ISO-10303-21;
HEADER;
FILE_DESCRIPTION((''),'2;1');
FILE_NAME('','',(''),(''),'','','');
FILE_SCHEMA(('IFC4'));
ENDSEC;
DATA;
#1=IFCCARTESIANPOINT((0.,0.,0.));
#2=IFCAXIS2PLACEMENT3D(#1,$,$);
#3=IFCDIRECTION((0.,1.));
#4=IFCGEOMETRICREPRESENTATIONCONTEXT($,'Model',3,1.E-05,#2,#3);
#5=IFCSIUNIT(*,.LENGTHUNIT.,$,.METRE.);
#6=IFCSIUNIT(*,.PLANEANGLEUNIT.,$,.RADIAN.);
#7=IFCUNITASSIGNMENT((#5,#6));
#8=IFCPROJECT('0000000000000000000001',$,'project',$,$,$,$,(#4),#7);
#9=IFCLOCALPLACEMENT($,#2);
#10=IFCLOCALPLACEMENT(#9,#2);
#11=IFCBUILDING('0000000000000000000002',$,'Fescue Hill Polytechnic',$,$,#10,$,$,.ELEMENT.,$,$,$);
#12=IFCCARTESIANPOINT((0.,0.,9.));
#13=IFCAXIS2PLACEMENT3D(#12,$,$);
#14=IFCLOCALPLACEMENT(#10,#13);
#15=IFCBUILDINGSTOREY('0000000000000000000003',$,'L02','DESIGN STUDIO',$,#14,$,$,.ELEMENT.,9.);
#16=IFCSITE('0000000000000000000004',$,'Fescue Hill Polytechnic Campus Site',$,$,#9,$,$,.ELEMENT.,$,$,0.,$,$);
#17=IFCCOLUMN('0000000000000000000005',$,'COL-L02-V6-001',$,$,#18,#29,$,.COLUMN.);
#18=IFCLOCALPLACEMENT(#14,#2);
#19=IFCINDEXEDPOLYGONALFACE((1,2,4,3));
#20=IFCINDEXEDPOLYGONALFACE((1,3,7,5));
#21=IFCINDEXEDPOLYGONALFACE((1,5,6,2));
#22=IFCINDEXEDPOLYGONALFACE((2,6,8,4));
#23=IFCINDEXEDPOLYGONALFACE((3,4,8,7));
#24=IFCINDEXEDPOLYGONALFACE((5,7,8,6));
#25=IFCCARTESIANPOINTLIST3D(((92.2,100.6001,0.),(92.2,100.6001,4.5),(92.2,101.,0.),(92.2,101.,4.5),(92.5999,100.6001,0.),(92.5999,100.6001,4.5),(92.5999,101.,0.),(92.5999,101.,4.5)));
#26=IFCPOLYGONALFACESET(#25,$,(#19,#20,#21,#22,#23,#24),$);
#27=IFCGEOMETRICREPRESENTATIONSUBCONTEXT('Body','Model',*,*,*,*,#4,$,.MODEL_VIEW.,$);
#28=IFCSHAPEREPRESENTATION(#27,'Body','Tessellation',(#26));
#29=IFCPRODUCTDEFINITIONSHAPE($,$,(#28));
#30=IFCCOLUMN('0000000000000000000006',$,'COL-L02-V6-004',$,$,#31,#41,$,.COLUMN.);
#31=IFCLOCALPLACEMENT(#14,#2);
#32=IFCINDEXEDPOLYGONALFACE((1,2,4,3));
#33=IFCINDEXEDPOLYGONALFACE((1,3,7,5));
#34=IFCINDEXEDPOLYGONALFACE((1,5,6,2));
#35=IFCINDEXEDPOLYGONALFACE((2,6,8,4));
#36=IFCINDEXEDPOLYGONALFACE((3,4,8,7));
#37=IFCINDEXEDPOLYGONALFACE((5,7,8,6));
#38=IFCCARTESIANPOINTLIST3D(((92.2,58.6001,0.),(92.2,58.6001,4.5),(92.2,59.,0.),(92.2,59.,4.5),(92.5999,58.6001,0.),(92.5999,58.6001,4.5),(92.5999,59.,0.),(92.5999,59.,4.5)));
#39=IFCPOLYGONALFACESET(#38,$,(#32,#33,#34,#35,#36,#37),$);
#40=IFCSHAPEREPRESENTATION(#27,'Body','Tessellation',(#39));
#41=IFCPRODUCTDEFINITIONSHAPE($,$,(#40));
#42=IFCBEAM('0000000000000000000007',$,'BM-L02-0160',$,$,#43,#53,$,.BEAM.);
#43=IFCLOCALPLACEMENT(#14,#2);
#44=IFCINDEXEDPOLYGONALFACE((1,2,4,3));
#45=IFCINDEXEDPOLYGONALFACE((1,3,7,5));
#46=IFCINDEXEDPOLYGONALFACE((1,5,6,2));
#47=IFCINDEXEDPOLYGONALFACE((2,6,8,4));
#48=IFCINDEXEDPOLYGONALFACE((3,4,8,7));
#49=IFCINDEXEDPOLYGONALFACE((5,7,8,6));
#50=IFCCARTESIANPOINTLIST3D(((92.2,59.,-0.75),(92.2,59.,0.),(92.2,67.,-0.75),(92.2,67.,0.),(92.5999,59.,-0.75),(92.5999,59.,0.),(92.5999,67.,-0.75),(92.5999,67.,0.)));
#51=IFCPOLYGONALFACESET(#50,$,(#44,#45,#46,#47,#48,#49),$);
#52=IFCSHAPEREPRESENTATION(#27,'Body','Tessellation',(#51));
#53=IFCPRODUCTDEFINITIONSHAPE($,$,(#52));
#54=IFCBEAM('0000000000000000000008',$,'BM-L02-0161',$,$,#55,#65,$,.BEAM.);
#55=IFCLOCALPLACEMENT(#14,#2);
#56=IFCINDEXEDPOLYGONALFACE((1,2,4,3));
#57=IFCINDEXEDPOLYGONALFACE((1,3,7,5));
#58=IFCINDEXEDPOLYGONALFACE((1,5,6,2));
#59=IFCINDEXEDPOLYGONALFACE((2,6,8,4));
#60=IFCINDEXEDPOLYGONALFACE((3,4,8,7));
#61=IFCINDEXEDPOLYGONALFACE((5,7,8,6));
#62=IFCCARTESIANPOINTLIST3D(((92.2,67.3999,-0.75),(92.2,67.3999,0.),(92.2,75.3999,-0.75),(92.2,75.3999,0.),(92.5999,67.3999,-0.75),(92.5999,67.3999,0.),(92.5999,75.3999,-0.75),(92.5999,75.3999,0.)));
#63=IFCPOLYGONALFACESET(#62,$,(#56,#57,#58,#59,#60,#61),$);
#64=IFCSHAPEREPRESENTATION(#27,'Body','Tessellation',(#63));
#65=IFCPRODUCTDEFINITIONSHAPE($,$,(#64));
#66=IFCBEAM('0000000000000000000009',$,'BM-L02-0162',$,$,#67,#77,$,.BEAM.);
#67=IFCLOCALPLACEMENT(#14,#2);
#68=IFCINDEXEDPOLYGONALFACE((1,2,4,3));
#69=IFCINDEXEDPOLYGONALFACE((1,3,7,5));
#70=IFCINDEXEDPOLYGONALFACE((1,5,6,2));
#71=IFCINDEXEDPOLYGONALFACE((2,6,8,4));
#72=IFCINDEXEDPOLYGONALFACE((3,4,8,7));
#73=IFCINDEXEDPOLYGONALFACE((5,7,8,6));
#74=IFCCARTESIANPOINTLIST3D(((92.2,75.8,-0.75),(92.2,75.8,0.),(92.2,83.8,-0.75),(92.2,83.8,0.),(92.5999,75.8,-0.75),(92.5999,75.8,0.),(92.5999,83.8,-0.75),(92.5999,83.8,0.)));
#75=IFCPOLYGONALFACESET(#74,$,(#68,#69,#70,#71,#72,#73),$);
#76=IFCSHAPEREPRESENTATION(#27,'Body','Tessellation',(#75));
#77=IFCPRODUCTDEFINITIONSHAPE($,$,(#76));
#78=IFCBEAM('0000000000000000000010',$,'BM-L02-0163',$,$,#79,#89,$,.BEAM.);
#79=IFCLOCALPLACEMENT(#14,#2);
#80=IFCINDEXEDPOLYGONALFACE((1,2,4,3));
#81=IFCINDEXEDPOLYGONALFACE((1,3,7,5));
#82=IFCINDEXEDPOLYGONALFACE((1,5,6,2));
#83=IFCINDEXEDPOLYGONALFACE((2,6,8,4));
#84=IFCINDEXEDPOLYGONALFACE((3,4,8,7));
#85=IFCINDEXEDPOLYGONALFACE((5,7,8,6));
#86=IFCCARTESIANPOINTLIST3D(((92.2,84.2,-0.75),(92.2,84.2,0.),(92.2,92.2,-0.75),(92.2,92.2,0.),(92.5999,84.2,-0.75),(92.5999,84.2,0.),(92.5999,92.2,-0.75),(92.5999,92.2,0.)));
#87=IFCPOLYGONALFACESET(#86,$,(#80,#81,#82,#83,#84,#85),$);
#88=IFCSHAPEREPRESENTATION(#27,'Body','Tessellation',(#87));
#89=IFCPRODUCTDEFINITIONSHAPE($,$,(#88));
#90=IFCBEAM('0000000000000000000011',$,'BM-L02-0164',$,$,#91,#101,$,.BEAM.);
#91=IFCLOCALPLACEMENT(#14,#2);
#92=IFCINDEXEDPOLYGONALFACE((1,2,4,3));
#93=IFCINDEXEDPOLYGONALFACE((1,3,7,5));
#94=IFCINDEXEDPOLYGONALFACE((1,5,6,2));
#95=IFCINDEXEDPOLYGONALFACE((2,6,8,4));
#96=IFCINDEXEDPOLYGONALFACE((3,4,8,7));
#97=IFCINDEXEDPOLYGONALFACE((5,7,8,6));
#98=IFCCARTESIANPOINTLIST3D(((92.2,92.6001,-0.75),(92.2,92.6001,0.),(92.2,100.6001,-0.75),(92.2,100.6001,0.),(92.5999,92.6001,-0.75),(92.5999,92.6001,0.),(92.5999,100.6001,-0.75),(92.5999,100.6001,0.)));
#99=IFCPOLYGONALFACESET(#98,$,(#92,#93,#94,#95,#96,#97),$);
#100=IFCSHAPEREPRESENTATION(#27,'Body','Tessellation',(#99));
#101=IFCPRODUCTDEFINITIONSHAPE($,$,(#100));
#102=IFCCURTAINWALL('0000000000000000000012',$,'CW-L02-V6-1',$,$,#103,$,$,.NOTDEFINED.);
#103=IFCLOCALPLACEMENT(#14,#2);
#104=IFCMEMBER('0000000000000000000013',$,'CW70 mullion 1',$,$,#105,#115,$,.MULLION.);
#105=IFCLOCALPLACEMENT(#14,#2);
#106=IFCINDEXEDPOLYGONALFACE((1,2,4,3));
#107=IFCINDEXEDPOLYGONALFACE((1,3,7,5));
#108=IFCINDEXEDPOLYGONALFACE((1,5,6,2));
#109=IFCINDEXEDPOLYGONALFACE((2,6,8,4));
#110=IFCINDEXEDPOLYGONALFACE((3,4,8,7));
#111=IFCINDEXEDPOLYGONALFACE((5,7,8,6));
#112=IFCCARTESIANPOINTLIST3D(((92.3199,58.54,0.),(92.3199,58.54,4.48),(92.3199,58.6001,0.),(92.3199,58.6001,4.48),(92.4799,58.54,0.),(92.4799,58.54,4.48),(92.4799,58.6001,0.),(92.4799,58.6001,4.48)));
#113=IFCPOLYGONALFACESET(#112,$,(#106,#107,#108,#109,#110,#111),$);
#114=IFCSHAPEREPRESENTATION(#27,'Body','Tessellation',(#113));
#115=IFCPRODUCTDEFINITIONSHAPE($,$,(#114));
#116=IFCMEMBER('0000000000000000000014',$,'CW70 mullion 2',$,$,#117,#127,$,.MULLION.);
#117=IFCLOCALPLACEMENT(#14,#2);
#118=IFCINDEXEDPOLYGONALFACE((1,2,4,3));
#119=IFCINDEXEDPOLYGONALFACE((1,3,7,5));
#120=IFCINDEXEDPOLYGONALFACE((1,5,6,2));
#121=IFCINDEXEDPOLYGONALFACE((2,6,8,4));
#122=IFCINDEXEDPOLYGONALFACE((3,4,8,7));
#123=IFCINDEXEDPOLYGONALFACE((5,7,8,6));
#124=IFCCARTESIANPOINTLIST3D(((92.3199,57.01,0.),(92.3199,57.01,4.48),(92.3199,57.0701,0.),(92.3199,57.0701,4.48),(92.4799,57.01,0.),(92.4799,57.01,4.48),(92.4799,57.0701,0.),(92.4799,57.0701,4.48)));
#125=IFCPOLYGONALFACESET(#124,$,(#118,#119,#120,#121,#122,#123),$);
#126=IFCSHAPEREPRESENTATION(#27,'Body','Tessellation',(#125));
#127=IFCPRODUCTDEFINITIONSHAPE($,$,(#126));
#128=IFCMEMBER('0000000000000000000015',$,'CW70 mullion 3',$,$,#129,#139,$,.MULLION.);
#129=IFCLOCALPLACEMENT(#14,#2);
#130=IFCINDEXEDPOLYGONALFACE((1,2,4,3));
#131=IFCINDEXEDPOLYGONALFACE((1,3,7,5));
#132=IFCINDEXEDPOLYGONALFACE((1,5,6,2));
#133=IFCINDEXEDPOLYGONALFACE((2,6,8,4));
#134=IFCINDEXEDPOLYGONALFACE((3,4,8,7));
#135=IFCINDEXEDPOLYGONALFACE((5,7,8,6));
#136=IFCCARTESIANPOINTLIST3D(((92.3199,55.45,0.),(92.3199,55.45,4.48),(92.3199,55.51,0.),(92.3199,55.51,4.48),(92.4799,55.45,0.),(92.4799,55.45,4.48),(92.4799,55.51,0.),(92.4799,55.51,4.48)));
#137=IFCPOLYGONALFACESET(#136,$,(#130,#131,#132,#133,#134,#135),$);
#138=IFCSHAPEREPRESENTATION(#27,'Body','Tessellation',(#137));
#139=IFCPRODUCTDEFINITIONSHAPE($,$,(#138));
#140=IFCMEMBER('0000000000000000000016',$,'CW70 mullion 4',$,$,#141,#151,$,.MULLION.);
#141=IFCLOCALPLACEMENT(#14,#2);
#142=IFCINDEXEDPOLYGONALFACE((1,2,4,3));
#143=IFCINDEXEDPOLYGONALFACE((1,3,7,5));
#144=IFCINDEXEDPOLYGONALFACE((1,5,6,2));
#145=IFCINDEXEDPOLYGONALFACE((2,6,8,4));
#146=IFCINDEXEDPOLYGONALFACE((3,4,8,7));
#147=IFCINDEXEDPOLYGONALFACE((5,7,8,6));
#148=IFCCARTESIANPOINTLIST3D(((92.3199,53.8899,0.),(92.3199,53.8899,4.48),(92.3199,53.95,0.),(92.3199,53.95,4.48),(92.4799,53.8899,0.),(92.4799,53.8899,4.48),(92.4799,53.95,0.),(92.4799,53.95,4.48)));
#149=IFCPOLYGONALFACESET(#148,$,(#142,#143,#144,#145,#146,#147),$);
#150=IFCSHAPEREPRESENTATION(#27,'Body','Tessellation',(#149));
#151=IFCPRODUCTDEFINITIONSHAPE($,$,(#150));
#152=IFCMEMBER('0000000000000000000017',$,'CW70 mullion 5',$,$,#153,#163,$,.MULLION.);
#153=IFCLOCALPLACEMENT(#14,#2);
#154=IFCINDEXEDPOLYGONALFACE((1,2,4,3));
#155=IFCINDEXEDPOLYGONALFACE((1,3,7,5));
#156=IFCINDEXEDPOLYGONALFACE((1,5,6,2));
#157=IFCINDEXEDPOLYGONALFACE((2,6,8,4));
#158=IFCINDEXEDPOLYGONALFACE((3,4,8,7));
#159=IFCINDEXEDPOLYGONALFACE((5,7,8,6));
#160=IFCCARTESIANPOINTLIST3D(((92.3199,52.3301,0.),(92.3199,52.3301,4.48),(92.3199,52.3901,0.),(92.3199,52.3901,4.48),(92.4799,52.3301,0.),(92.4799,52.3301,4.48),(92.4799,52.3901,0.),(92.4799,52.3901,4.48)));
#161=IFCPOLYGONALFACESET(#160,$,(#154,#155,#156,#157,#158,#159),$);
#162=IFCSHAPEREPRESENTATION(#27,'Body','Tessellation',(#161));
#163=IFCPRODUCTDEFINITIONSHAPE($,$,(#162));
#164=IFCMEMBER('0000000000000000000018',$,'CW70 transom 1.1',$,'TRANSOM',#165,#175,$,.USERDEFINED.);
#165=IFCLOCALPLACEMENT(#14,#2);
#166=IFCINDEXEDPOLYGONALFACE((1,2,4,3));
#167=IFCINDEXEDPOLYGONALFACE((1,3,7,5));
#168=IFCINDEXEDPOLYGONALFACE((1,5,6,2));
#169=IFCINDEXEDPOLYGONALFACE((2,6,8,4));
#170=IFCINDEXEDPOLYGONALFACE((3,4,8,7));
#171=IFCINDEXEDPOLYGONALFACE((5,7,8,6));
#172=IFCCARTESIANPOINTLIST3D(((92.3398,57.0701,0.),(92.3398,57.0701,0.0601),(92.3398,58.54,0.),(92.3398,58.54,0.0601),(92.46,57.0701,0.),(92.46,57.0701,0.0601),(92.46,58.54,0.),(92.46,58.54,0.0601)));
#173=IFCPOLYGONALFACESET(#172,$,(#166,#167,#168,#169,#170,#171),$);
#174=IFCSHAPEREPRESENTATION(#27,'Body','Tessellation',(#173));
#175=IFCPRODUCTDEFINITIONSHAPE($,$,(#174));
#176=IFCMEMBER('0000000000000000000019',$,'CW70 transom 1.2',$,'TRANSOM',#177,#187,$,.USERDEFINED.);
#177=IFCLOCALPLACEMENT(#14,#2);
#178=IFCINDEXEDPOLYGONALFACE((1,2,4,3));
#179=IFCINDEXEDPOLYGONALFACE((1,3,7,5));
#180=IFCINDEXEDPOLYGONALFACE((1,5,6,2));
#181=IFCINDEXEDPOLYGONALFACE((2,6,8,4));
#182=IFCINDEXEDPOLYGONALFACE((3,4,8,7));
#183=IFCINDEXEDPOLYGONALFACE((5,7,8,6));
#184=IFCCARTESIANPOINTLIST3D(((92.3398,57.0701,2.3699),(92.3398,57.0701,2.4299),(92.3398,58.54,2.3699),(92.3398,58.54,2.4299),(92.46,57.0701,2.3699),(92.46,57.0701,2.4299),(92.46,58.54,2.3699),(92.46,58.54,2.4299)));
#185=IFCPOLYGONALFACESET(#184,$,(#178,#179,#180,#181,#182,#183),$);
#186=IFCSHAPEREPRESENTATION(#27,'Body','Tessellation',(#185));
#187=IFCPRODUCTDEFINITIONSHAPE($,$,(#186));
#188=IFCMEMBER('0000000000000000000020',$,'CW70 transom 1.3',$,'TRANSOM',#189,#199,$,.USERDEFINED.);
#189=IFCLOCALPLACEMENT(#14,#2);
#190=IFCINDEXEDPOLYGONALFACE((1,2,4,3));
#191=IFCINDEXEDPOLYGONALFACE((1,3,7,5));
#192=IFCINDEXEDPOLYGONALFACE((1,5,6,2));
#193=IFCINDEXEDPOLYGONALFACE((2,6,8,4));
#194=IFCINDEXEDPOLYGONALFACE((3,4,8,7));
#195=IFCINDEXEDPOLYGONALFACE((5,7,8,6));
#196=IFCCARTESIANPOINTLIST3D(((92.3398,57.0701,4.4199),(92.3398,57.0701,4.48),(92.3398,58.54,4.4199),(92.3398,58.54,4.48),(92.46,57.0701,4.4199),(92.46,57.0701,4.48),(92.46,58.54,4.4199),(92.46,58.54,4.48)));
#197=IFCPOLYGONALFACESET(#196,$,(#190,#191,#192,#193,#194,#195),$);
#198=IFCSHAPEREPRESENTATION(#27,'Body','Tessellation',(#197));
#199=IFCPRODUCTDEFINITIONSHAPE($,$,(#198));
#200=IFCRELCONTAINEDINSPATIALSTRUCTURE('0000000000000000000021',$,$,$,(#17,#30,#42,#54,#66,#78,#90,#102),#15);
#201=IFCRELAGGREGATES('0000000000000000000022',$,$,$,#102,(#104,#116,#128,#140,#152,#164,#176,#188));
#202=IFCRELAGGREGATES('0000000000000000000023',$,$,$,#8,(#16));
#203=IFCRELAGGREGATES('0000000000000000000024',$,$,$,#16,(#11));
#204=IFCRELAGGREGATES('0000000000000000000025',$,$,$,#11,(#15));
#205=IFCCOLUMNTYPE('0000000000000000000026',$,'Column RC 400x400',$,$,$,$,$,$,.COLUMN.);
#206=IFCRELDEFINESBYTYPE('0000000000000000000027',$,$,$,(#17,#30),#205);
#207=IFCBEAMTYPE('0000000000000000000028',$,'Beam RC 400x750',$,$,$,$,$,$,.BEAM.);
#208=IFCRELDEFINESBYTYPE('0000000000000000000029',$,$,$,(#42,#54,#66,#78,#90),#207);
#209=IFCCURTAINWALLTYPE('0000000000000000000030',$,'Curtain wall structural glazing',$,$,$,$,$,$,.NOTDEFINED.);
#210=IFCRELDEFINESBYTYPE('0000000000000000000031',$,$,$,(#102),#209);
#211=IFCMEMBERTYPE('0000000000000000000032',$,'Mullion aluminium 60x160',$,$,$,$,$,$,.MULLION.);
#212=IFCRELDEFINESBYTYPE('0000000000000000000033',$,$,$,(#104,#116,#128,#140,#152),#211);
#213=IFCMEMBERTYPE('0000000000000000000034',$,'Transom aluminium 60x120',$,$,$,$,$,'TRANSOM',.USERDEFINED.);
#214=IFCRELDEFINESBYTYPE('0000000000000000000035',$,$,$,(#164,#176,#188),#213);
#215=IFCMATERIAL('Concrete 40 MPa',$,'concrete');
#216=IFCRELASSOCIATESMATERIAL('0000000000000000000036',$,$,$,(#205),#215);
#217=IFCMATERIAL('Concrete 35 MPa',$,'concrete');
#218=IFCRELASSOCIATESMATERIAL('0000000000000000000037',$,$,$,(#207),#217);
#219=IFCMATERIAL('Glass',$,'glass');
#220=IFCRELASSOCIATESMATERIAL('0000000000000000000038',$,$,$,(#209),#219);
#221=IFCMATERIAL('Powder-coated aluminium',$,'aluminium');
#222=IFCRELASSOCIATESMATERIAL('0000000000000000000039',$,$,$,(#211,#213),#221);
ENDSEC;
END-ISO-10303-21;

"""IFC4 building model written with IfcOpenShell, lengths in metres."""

from ifc_helpers import new_model, si_unit, direction, frame, origin, origin_2d, place, context, subcontext, project, spatial, rectangle, extrude, material, material_profile, profile_set, type_object, element, aggregate, save


model = new_model("IFC4")

# Units and contexts
model_context = context("Model", 3, precision=1e-05, world=origin(), true_north=direction((0.0, 1.0)))
body_context = subcontext(model_context, "Body", "Model", "MODEL_VIEW")
ifc_project = project(units=[si_unit("LENGTHUNIT", "METRE"), si_unit("PLANEANGLEUNIT", "RADIAN")], contexts=[model_context])

# Site, building, storey
site_placement = place(None, origin())
site = spatial("IfcSite", under=ifc_project, at=site_placement, Name="Fescue Hill Polytechnic Campus Site", CompositionType="ELEMENT", RefElevation=0.0)
building_placement = place(site_placement, origin())
building = spatial("IfcBuilding", under=site, at=building_placement, Name="Fescue Hill Polytechnic", CompositionType="ELEMENT")
storey_placement = place(building_placement, frame((0.0, 0.0, 9.0)))
storey = spatial("IfcBuildingStorey", under=building, at=storey_placement, Name="L02", Description="DESIGN STUDIO", CompositionType="ELEMENT", Elevation=9.0)

# Columns
ifc_material_1 = material(Name="Concrete 40 MPa", Category="concrete")
ifc_material_profile_1 = material_profile(ifc_material_1, rectangle(XDim=0.3999, YDim=0.3999, at=origin_2d()), Name="RC 400x400")
ifc_profile_set_1 = profile_set([ifc_material_profile_1], Name="Concrete 40 MPa")
column_type = type_object("IfcColumnType", Name="Column RC 400x400", PredefinedType="COLUMN", material=ifc_profile_set_1)
for number, where, z_axis, x_axis, name in (
    (1, (92.3999, 100.8, 0.0), (0.0, 0.0, 1.0), (1.0, 0.0, 0.0), "COL-L02-V6-001"),
    (2, (92.3999, 58.8, 0.0), (0.0, 0.0, 1.0), (1.0, 0.0, 0.0), "COL-L02-V6-004"),
):
    element("IfcColumn", number, at=place(storey_placement, frame(where, z_axis=z_axis, x_axis=x_axis)), inside=storey, type_object=column_type, Name=name, PredefinedType="COLUMN", context=body_context, shape_type="SweptSolid", body=[
        extrude(rectangle(XDim=0.3999, YDim=0.3999, at=origin_2d()), origin(), (0.0, 0.0, 1.0), 4.5),
    ])

# Beams
ifc_material_2 = material(Name="Concrete 35 MPa", Category="concrete")
ifc_material_profile_2 = material_profile(ifc_material_2, rectangle(XDim=0.3999, YDim=0.75, at=origin_2d()), Name="RC 400x750")
ifc_profile_set_2 = profile_set([ifc_material_profile_2], Name="Concrete 35 MPa")
beam_type = type_object("IfcBeamType", Name="Beam RC 400x750", PredefinedType="BEAM", material=ifc_profile_set_2)
for number, where, z_axis, x_axis, name in (
    (3, (92.3999, 67.0, -0.375), (0.0, -1.0, 0.0), (1.0, 0.0, 0.0), "BM-L02-0160"),
    (4, (92.3999, 75.3999, -0.375), (0.0, -1.0, 0.0), (1.0, 0.0, 0.0), "BM-L02-0161"),
    (5, (92.3999, 83.8, -0.375), (0.0, -1.0, 0.0), (1.0, 0.0, 0.0), "BM-L02-0162"),
    (6, (92.3999, 92.2, -0.375), (0.0, -1.0, 0.0), (1.0, 0.0, 0.0), "BM-L02-0163"),
    (7, (92.3999, 100.6001, -0.375), (0.0, -1.0, 0.0), (1.0, 0.0, 0.0), "BM-L02-0164"),
):
    element("IfcBeam", number, at=place(storey_placement, frame(where, z_axis=z_axis, x_axis=x_axis)), inside=storey, type_object=beam_type, Name=name, PredefinedType="BEAM", context=body_context, shape_type="SweptSolid", body=[
        extrude(rectangle(XDim=0.3999, YDim=0.75, at=origin_2d()), origin(), (0.0, 0.0, 1.0), 8.0),
    ])

# Curtain wall, members
ifc_material_3 = material(Name="Glass", Category="glass")
curtain_wall_type = type_object("IfcCurtainWallType", Name="Curtain wall structural glazing", PredefinedType="NOTDEFINED", material=ifc_material_3)
curtain_wall_placement = place(storey_placement, origin())
curtain_wall = element("IfcCurtainWall", 8, at=curtain_wall_placement, inside=storey, type_object=curtain_wall_type, Name="CW-L02-V6-1", PredefinedType="NOTDEFINED")
ifc_material_4 = material(Name="Powder-coated aluminium", Category="aluminium")
ifc_material_profile_3 = material_profile(ifc_material_4, rectangle(XDim=0.1599, YDim=0.0601, at=origin_2d()), Name="Mullion aluminium 60x160")
ifc_profile_set_3 = profile_set([ifc_material_profile_3], Name="Powder-coated aluminium")
member_type_1 = type_object("IfcMemberType", Name="Mullion aluminium 60x160", PredefinedType="MULLION", material=ifc_profile_set_3)
member_1_placement = place(storey_placement, frame((92.3999, 58.5701, 0.0), z_axis=(0.0, 0.0, 1.0), x_axis=(1.0, 0.0, 0.0)))
member_1 = element("IfcMember", 9, at=member_1_placement, type_object=member_type_1, Name="CW70 mullion 1", PredefinedType="MULLION", context=body_context, shape_type="SweptSolid", body=[
    extrude(rectangle(XDim=0.1599, YDim=0.0601, at=origin_2d()), origin(), (0.0, 0.0, 1.0), 4.48),
])
member_2_placement = place(storey_placement, frame((92.3999, 57.04, 0.0), z_axis=(0.0, 0.0, 1.0), x_axis=(1.0, 0.0, 0.0)))
member_2 = element("IfcMember", 10, at=member_2_placement, type_object=member_type_1, Name="CW70 mullion 2", PredefinedType="MULLION", context=body_context, shape_type="SweptSolid", body=[
    extrude(rectangle(XDim=0.1599, YDim=0.0601, at=origin_2d()), origin(), (0.0, 0.0, 1.0), 4.48),
])
member_3_placement = place(storey_placement, frame((92.3999, 55.48, 0.0), z_axis=(0.0, 0.0, 1.0), x_axis=(1.0, 0.0, 0.0)))
member_3 = element("IfcMember", 11, at=member_3_placement, type_object=member_type_1, Name="CW70 mullion 3", PredefinedType="MULLION", context=body_context, shape_type="SweptSolid", body=[
    extrude(rectangle(XDim=0.1599, YDim=0.0601, at=origin_2d()), origin(), (0.0, 0.0, 1.0), 4.48),
])
member_4_placement = place(storey_placement, frame((92.3999, 53.9199, 0.0), z_axis=(0.0, 0.0, 1.0), x_axis=(1.0, 0.0, 0.0)))
member_4 = element("IfcMember", 12, at=member_4_placement, type_object=member_type_1, Name="CW70 mullion 4", PredefinedType="MULLION", context=body_context, shape_type="SweptSolid", body=[
    extrude(rectangle(XDim=0.1599, YDim=0.0601, at=origin_2d()), origin(), (0.0, 0.0, 1.0), 4.48),
])
member_5_placement = place(storey_placement, frame((92.3999, 52.3601, 0.0), z_axis=(0.0, 0.0, 1.0), x_axis=(1.0, 0.0, 0.0)))
member_5 = element("IfcMember", 13, at=member_5_placement, type_object=member_type_1, Name="CW70 mullion 5", PredefinedType="MULLION", context=body_context, shape_type="SweptSolid", body=[
    extrude(rectangle(XDim=0.1599, YDim=0.0601, at=origin_2d()), origin(), (0.0, 0.0, 1.0), 4.48),
])
ifc_material_profile_4 = material_profile(ifc_material_4, rectangle(XDim=0.1201, YDim=0.0601, at=origin_2d()), Name="Transom aluminium 60x120")
ifc_profile_set_4 = profile_set([ifc_material_profile_4], Name="Powder-coated aluminium")
member_type_2 = type_object("IfcMemberType", Name="Transom aluminium 60x120", ElementType="TRANSOM", PredefinedType="USERDEFINED", material=ifc_profile_set_4)
member_6_placement = place(storey_placement, frame((92.3999, 58.54, 0.03), z_axis=(0.0, -1.0, 0.0), x_axis=(1.0, 0.0, 0.0)))
member_6 = element("IfcMember", 14, at=member_6_placement, type_object=member_type_2, Name="CW70 transom 1.1", ObjectType="TRANSOM", PredefinedType="USERDEFINED", context=body_context, shape_type="SweptSolid", body=[
    extrude(rectangle(XDim=0.1201, YDim=0.0601, at=origin_2d()), origin(), (0.0, 0.0, 1.0), 1.47),
])
member_7_placement = place(storey_placement, frame((92.3999, 58.54, 2.3999), z_axis=(0.0, -1.0, 0.0), x_axis=(1.0, 0.0, 0.0)))
member_7 = element("IfcMember", 15, at=member_7_placement, type_object=member_type_2, Name="CW70 transom 1.2", ObjectType="TRANSOM", PredefinedType="USERDEFINED", context=body_context, shape_type="SweptSolid", body=[
    extrude(rectangle(XDim=0.1201, YDim=0.0601, at=origin_2d()), origin(), (0.0, 0.0, 1.0), 1.47),
])
member_8_placement = place(storey_placement, frame((92.3999, 58.54, 4.45), z_axis=(0.0, -1.0, 0.0), x_axis=(1.0, 0.0, 0.0)))
member_8 = element("IfcMember", 16, at=member_8_placement, type_object=member_type_2, Name="CW70 transom 1.3", ObjectType="TRANSOM", PredefinedType="USERDEFINED", context=body_context, shape_type="SweptSolid", body=[
    extrude(rectangle(XDim=0.1201, YDim=0.0601, at=origin_2d()), origin(), (0.0, 0.0, 1.0), 1.47),
])
aggregate(curtain_wall, [member_1, member_2, member_3, member_4, member_5, member_6, member_7, member_8])

save(model, "model.ifc")
